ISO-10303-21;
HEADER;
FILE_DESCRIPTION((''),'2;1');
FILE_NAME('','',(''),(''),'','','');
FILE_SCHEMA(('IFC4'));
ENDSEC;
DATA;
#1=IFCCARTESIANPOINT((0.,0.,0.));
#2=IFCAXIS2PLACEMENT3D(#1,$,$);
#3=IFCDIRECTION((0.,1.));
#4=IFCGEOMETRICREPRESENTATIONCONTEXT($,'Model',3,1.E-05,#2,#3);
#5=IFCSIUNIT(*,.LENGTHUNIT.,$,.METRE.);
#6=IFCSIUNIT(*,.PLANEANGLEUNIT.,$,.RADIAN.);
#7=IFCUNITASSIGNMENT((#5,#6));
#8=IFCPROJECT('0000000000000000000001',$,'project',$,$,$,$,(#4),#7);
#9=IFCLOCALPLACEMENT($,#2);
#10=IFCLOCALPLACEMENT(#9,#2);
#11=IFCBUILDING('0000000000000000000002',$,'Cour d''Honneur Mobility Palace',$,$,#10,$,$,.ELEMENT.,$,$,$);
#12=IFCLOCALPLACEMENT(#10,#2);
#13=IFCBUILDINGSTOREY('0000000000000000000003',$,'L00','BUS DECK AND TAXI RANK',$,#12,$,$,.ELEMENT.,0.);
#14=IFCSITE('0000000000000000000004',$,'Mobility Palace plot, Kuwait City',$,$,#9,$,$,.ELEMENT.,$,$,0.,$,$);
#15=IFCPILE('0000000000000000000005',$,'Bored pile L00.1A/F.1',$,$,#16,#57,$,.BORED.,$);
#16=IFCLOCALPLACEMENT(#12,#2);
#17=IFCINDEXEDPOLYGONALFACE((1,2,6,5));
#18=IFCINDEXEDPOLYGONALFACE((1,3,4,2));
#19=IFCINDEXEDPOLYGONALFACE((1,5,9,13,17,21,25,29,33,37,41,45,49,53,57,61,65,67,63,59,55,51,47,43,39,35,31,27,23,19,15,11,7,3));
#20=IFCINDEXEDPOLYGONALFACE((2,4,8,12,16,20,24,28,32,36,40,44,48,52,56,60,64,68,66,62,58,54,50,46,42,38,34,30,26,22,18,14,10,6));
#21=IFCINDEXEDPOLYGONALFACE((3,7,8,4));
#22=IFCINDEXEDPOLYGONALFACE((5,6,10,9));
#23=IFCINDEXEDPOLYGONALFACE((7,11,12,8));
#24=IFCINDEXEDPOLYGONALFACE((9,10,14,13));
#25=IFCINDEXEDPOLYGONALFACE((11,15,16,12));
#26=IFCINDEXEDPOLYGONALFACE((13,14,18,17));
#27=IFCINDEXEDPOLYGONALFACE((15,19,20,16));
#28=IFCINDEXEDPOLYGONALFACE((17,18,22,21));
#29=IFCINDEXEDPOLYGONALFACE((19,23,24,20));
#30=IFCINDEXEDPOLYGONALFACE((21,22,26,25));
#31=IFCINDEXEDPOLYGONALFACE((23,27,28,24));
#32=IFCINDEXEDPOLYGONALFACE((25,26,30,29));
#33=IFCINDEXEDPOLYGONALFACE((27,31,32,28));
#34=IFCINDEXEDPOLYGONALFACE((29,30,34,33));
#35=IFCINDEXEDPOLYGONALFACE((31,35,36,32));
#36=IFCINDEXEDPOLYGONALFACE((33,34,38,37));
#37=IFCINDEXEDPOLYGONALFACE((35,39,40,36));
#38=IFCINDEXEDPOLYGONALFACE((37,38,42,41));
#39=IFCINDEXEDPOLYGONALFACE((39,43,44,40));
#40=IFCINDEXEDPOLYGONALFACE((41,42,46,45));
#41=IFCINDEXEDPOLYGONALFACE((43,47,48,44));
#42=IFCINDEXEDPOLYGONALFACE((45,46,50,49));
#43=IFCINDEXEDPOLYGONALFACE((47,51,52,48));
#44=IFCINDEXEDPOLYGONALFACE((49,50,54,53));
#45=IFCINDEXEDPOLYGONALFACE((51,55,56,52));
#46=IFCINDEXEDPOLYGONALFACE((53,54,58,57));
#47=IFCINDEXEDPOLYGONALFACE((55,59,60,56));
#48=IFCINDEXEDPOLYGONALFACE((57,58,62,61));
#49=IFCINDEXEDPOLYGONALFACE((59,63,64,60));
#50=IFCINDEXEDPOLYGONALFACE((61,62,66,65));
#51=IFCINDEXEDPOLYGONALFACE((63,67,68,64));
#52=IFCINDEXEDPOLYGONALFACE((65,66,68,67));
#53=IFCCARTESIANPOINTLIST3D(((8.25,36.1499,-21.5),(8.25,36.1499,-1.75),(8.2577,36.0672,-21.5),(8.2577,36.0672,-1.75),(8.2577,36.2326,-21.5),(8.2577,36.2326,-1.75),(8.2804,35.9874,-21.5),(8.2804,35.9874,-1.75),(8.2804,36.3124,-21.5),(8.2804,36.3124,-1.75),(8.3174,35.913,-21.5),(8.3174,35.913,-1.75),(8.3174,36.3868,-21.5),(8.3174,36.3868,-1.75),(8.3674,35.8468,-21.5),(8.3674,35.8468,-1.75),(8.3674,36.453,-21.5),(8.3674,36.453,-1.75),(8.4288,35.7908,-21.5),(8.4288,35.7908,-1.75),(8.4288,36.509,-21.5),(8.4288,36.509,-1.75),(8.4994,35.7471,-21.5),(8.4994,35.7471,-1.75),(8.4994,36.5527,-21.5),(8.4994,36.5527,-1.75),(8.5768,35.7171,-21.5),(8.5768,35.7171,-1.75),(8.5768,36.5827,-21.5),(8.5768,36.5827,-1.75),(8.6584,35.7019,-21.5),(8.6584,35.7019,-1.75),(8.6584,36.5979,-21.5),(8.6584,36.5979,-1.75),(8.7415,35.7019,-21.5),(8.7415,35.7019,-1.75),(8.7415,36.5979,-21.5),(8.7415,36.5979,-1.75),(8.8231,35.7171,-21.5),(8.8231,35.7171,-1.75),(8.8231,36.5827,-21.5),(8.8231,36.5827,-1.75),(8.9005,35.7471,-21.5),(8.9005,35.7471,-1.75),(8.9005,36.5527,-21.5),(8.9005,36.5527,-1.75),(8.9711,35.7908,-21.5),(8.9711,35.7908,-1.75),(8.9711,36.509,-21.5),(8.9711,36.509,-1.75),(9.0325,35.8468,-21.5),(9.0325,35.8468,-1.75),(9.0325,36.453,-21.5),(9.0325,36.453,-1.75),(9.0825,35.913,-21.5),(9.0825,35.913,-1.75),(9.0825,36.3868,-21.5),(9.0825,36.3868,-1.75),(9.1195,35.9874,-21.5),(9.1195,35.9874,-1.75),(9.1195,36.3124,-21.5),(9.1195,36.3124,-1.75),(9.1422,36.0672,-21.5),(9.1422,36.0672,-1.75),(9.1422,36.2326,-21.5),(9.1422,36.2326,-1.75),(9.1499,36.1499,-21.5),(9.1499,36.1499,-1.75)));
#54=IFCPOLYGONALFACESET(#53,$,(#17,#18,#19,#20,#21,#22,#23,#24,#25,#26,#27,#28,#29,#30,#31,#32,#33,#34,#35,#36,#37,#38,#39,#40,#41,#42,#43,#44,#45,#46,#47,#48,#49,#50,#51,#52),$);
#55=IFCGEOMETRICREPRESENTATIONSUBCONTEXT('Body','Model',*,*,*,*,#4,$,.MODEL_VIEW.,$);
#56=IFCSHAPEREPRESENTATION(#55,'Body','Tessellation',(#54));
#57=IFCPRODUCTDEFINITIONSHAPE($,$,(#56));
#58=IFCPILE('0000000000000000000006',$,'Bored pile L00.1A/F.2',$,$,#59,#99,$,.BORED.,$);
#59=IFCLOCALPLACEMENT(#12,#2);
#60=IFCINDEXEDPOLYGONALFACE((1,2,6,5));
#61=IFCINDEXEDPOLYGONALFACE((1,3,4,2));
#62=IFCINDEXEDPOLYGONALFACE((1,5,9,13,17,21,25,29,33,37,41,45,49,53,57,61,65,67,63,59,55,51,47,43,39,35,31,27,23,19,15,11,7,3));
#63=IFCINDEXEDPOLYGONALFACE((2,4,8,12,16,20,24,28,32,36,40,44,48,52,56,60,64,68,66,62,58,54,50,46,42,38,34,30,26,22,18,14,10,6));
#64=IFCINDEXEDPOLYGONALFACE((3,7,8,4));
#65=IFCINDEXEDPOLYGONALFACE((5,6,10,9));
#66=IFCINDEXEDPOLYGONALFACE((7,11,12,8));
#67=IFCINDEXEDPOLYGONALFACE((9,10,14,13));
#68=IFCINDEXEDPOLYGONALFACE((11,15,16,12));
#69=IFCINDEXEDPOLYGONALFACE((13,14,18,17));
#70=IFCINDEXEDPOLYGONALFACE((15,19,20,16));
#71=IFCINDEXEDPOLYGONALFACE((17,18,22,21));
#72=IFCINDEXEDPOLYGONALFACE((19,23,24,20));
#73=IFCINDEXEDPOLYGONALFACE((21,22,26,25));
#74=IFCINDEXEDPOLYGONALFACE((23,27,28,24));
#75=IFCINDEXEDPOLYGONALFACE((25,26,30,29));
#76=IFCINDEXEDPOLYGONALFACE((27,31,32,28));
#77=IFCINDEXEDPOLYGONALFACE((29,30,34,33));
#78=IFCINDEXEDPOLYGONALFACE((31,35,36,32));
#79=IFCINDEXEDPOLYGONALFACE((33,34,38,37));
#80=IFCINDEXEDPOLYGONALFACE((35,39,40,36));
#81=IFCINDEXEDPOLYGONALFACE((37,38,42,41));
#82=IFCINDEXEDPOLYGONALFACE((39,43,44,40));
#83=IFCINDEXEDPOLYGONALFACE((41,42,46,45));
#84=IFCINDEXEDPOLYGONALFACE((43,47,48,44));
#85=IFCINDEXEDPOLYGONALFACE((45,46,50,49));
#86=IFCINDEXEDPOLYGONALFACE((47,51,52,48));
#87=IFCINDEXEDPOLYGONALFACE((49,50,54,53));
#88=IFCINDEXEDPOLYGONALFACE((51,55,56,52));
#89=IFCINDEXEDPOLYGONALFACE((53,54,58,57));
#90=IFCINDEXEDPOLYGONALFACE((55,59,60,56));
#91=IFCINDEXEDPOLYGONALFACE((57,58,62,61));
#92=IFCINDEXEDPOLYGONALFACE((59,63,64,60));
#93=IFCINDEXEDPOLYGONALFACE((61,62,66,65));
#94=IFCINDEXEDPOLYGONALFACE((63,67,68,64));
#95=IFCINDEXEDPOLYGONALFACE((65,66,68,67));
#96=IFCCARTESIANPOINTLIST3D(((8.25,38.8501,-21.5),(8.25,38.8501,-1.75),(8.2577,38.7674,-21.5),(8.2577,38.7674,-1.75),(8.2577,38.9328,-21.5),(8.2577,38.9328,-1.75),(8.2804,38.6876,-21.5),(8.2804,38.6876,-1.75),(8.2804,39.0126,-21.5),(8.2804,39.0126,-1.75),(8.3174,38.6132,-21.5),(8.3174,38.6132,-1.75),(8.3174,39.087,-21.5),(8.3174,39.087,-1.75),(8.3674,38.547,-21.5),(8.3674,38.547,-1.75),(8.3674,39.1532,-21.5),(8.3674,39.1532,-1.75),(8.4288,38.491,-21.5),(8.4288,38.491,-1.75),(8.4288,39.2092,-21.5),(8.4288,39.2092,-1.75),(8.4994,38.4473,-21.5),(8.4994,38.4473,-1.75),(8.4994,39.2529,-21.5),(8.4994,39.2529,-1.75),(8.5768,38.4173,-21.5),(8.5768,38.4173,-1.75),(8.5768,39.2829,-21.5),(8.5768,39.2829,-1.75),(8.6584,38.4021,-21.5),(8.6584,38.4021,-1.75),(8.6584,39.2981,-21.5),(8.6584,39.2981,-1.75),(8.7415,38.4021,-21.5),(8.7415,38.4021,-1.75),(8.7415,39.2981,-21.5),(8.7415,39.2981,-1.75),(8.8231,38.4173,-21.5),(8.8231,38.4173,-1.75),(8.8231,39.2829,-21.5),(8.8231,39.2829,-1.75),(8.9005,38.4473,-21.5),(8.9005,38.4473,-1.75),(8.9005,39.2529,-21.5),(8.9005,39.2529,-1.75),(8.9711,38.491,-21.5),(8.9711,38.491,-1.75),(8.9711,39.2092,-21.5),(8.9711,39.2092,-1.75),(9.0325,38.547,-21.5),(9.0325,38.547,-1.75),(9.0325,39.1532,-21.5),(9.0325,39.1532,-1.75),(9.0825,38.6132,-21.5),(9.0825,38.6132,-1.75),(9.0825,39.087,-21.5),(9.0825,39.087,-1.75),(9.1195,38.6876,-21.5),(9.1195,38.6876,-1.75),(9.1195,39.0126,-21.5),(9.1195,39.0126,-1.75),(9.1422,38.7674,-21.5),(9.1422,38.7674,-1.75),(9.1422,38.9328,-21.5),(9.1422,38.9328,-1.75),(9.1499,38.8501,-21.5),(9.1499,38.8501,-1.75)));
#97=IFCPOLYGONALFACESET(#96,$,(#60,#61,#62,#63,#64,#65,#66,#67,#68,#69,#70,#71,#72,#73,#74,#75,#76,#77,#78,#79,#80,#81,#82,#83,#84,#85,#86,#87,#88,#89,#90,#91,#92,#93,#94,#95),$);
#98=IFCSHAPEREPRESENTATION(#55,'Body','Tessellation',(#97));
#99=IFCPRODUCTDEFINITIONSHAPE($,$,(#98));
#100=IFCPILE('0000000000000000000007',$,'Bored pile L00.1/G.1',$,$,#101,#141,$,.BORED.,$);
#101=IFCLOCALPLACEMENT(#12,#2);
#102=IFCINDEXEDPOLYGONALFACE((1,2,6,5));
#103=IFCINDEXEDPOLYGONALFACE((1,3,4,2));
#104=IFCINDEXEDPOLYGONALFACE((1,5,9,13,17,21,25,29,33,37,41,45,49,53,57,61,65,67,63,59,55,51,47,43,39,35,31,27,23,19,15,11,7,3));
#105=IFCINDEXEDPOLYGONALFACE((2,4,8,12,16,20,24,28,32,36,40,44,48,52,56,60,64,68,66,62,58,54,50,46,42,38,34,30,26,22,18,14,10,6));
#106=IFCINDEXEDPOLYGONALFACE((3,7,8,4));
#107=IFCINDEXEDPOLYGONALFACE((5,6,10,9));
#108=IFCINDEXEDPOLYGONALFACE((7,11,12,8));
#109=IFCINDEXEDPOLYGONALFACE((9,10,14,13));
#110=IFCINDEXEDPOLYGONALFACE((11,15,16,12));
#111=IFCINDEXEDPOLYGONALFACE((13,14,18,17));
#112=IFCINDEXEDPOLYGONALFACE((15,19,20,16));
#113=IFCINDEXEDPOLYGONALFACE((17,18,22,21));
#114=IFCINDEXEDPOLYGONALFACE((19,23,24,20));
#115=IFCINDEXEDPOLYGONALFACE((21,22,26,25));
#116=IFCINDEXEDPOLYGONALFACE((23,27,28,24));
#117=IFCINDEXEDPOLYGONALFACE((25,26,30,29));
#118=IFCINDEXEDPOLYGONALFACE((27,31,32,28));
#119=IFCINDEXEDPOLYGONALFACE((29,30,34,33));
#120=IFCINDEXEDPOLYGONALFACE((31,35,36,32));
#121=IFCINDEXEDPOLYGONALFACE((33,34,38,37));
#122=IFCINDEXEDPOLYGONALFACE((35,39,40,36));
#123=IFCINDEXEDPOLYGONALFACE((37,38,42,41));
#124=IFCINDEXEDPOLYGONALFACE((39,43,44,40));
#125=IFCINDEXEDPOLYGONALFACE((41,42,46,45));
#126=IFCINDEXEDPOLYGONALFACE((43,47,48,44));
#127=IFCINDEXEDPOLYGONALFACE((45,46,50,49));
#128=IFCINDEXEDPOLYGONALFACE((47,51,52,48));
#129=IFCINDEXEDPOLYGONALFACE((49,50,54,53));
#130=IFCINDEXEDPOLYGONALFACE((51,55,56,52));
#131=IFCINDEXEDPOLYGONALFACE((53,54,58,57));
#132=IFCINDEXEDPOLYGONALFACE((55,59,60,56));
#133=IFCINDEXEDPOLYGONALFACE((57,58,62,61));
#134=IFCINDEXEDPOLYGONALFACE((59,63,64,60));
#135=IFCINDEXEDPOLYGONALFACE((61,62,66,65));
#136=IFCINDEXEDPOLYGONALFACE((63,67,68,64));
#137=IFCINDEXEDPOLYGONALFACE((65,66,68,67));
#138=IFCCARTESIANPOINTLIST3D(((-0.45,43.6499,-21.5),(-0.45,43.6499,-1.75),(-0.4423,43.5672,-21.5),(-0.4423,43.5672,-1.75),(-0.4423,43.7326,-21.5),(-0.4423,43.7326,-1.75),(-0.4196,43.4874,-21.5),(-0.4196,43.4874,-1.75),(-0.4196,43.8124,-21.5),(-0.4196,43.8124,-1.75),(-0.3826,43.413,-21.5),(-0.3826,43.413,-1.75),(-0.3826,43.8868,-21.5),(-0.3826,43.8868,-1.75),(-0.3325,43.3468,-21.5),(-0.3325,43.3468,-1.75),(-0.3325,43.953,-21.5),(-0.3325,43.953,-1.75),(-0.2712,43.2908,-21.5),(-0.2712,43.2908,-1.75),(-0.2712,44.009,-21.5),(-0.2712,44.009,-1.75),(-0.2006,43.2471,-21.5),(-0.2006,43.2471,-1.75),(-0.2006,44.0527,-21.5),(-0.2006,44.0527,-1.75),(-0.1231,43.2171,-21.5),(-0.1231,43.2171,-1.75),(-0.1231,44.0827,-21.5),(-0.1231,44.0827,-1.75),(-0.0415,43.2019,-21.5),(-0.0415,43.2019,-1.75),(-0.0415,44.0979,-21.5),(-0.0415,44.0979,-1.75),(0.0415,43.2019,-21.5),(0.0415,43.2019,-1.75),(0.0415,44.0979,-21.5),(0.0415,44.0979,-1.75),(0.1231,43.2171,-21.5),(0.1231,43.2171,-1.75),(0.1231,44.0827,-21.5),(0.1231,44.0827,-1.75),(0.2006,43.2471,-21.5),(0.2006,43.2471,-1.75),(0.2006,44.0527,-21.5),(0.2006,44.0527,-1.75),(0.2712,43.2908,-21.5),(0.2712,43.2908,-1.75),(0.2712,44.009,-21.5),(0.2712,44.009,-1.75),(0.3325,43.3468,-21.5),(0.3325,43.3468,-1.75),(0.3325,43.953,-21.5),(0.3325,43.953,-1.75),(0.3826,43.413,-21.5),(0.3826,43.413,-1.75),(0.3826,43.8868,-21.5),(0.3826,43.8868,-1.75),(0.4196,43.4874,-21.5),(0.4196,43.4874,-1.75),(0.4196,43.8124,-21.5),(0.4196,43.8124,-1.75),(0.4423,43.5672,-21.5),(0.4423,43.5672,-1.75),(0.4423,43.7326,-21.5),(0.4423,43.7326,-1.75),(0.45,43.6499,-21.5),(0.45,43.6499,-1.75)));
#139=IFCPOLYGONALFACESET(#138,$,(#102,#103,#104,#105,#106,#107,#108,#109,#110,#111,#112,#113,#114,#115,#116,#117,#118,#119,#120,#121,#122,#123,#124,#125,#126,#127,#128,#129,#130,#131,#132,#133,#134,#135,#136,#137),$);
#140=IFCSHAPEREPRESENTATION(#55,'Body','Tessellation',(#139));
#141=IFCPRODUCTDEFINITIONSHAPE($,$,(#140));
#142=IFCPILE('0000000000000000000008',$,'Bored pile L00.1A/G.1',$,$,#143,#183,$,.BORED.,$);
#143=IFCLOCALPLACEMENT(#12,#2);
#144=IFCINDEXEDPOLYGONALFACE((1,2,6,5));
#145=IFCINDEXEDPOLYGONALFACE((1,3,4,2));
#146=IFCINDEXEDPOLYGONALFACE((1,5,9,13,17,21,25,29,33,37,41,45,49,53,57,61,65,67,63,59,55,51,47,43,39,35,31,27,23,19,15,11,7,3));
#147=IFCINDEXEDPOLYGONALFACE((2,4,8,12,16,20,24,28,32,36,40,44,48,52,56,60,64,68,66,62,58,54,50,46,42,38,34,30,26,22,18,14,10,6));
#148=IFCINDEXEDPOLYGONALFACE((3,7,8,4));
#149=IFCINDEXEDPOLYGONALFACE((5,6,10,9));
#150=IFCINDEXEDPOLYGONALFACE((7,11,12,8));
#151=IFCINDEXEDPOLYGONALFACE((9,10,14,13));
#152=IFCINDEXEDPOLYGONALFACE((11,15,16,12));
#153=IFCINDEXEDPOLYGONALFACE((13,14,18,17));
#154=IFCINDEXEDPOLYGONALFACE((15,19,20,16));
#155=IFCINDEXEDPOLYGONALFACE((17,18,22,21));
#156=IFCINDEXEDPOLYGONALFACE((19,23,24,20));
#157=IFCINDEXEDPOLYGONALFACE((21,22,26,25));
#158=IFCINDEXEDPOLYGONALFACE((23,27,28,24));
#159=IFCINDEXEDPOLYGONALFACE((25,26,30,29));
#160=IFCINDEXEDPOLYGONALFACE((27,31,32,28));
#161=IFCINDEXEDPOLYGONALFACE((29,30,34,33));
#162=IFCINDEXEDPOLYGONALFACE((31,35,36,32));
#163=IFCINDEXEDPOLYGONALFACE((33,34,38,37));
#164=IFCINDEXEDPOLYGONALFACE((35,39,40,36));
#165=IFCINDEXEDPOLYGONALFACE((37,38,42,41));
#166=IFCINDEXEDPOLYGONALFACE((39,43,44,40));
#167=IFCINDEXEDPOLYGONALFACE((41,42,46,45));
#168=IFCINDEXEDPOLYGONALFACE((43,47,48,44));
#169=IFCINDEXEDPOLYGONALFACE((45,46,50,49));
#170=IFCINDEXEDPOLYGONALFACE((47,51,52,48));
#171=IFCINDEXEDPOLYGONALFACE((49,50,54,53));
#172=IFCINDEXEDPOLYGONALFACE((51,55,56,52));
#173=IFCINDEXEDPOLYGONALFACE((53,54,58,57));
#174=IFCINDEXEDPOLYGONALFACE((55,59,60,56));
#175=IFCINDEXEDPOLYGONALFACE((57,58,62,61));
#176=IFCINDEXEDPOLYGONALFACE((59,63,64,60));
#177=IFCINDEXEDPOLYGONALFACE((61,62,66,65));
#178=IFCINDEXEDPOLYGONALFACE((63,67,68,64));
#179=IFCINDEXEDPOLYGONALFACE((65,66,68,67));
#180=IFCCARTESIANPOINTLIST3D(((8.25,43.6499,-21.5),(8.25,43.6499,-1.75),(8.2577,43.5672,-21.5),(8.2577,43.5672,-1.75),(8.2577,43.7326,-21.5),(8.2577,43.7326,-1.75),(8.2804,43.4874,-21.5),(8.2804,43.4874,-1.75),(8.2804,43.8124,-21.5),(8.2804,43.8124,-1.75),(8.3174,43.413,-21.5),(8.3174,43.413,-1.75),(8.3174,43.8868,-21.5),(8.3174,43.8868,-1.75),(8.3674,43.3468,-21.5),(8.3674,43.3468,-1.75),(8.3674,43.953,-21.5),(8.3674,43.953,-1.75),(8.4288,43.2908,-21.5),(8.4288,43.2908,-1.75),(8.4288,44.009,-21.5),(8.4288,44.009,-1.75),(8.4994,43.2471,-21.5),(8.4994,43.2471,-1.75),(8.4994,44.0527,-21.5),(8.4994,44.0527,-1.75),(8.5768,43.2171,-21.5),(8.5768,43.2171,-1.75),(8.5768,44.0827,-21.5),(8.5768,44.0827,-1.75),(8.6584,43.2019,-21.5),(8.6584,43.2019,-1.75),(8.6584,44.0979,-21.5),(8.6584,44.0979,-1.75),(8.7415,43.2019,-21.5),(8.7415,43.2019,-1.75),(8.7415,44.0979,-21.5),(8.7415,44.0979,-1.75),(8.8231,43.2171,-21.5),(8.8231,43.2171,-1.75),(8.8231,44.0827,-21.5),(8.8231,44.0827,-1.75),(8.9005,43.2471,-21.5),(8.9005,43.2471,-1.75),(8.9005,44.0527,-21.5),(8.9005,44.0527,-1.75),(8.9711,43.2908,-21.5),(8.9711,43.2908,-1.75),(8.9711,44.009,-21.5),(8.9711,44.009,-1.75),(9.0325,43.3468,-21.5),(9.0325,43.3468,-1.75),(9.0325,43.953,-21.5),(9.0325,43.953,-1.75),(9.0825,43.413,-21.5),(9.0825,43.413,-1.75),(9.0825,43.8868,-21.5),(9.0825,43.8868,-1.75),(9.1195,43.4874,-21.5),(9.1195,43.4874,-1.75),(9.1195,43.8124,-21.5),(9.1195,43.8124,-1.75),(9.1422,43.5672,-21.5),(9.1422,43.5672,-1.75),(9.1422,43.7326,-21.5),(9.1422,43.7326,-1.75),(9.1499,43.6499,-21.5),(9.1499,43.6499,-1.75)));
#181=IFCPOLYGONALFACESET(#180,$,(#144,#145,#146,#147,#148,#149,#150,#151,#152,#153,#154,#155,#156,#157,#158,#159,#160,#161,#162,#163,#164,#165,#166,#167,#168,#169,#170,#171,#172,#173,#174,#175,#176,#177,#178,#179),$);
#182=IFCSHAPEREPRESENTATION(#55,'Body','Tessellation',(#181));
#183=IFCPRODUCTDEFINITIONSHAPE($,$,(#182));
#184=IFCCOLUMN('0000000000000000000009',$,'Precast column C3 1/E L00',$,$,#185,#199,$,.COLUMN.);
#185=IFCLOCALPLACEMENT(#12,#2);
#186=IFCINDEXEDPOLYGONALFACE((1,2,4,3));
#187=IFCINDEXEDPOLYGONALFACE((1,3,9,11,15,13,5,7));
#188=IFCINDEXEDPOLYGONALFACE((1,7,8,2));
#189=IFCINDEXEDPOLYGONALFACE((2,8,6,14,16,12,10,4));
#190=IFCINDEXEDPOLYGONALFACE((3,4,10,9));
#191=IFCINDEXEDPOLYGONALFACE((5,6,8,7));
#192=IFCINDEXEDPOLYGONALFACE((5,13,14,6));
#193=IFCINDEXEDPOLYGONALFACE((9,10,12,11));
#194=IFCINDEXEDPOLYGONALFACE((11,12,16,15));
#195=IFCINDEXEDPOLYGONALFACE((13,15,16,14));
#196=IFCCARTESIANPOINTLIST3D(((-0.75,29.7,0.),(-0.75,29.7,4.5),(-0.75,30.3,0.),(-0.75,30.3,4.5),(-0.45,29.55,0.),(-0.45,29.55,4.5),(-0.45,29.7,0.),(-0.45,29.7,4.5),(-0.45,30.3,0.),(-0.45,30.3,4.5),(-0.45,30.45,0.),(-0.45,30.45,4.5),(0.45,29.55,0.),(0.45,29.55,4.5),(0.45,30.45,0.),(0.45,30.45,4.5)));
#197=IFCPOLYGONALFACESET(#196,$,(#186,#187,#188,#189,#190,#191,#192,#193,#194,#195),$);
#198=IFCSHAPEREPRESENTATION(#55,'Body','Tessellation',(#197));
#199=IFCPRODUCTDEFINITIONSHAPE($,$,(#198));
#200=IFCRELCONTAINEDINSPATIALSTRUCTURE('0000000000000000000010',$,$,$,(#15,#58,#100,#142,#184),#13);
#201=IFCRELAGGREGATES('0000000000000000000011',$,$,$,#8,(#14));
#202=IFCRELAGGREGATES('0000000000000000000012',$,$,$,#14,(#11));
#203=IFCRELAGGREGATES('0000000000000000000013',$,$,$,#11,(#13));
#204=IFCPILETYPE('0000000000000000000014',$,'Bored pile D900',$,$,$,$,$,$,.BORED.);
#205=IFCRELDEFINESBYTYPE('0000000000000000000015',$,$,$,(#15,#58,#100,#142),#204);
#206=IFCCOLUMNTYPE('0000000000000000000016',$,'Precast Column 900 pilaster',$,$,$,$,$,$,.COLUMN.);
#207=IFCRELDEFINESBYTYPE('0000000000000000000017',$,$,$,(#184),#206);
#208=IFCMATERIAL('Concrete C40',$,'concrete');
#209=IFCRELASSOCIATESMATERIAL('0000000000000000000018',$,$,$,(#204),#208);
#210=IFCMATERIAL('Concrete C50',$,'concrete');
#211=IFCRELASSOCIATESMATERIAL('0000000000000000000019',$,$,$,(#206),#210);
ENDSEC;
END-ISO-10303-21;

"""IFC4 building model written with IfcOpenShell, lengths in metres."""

from ifc_helpers import new_model, si_unit, direction, frame, origin, origin_2d, place, context, subcontext, project, spatial, polyline, circle, outline, extrude, material, material_profile, profile_set, type_object, element, save


model = new_model("IFC4")

# Units and contexts
model_context = context("Model", 3, precision=1e-05, world=origin(), true_north=direction((0.0, 1.0)))
body_context = subcontext(model_context, "Body", "Model", "MODEL_VIEW")
ifc_project = project(units=[si_unit("LENGTHUNIT", "METRE"), si_unit("PLANEANGLEUNIT", "RADIAN")], contexts=[model_context])

# Site, building, storey
site_placement = place(None, origin())
site = spatial("IfcSite", under=ifc_project, at=site_placement, Name="Mobility Palace plot, Kuwait City", CompositionType="ELEMENT", RefElevation=0.0)
building_placement = place(site_placement, origin())
building = spatial("IfcBuilding", under=site, at=building_placement, Name="Cour d'Honneur Mobility Palace", CompositionType="ELEMENT")
storey_placement = place(building_placement, origin())
storey = spatial("IfcBuildingStorey", under=building, at=storey_placement, Name="L00", Description="BUS DECK AND TAXI RANK", CompositionType="ELEMENT", Elevation=0.0)

# Piles
ifc_material_1 = material(Name="Concrete C40", Category="concrete")
ifc_material_profile_1 = material_profile(ifc_material_1, circle(Radius=0.45, at=origin_2d()), Name="Bored pile D900")
ifc_profile_set_1 = profile_set([ifc_material_profile_1], Name="Concrete C40")
pile_type = type_object("IfcPileType", Name="Bored pile D900", PredefinedType="BORED", material=ifc_profile_set_1)
for number, where, z_axis, x_axis, name in (
    (1, (8.7, 36.1499, -1.75), (0.0, 0.0, -1.0), (1.0, 0.0, 0.0), "Bored pile L00.1A/F.1"),
    (2, (8.7, 38.8501, -1.75), (0.0, 0.0, -1.0), (1.0, 0.0, 0.0), "Bored pile L00.1A/F.2"),
    (3, (0.0, 43.6499, -1.75), (0.0, 0.0, -1.0), (1.0, 0.0, 0.0), "Bored pile L00.1/G.1"),
    (4, (8.7, 43.6499, -1.75), (0.0, 0.0, -1.0), (1.0, 0.0, 0.0), "Bored pile L00.1A/G.1"),
):
    element("IfcPile", number, at=place(storey_placement, frame(where, z_axis=z_axis, x_axis=x_axis)), inside=storey, type_object=pile_type, Name=name, PredefinedType="BORED", context=body_context, shape_type="SweptSolid", body=[
        extrude(circle(Radius=0.45, at=origin_2d()), origin(), (0.0, 0.0, 1.0), 19.75),
    ])

# Column
ifc_material_2 = material(Name="Concrete C50", Category="concrete")
ifc_material_profile_2 = material_profile(ifc_material_2, outline(polyline([(-0.45, -0.45), (0.45, -0.45), (0.45, -0.3), (0.75, -0.3), (0.75, 0.3), (0.45, 0.3), (0.45, 0.45), (-0.45, 0.45), (-0.45, -0.45)])), Name="PC C900 pilaster")
ifc_profile_set_2 = profile_set([ifc_material_profile_2], Name="Concrete C50")
column_type_1 = type_object("IfcColumnType", Name="Precast Column 900 pilaster", PredefinedType="COLUMN", material=ifc_profile_set_2)
for number, where, z_axis, x_axis, name in (
    (5, (0.0, 30.0, 0.0), (0.0, 0.0, 1.0), (-1.0, 0.0, 0.0), "Precast column C3 1/E L00"),
):
    element("IfcColumn", number, at=place(storey_placement, frame(where, z_axis=z_axis, x_axis=x_axis)), inside=storey, type_object=column_type_1, Name=name, PredefinedType="COLUMN", context=body_context, shape_type="SweptSolid", body=[
        extrude(outline(polyline([(-0.45, -0.45), (0.45, -0.45), (0.45, -0.3), (0.75, -0.3), (0.75, 0.3), (0.45, 0.3), (0.45, 0.45), (-0.45, 0.45), (-0.45, -0.45)])), origin(), (0.0, 0.0, 1.0), 4.5),
    ])

save(model, "model.ifc")
